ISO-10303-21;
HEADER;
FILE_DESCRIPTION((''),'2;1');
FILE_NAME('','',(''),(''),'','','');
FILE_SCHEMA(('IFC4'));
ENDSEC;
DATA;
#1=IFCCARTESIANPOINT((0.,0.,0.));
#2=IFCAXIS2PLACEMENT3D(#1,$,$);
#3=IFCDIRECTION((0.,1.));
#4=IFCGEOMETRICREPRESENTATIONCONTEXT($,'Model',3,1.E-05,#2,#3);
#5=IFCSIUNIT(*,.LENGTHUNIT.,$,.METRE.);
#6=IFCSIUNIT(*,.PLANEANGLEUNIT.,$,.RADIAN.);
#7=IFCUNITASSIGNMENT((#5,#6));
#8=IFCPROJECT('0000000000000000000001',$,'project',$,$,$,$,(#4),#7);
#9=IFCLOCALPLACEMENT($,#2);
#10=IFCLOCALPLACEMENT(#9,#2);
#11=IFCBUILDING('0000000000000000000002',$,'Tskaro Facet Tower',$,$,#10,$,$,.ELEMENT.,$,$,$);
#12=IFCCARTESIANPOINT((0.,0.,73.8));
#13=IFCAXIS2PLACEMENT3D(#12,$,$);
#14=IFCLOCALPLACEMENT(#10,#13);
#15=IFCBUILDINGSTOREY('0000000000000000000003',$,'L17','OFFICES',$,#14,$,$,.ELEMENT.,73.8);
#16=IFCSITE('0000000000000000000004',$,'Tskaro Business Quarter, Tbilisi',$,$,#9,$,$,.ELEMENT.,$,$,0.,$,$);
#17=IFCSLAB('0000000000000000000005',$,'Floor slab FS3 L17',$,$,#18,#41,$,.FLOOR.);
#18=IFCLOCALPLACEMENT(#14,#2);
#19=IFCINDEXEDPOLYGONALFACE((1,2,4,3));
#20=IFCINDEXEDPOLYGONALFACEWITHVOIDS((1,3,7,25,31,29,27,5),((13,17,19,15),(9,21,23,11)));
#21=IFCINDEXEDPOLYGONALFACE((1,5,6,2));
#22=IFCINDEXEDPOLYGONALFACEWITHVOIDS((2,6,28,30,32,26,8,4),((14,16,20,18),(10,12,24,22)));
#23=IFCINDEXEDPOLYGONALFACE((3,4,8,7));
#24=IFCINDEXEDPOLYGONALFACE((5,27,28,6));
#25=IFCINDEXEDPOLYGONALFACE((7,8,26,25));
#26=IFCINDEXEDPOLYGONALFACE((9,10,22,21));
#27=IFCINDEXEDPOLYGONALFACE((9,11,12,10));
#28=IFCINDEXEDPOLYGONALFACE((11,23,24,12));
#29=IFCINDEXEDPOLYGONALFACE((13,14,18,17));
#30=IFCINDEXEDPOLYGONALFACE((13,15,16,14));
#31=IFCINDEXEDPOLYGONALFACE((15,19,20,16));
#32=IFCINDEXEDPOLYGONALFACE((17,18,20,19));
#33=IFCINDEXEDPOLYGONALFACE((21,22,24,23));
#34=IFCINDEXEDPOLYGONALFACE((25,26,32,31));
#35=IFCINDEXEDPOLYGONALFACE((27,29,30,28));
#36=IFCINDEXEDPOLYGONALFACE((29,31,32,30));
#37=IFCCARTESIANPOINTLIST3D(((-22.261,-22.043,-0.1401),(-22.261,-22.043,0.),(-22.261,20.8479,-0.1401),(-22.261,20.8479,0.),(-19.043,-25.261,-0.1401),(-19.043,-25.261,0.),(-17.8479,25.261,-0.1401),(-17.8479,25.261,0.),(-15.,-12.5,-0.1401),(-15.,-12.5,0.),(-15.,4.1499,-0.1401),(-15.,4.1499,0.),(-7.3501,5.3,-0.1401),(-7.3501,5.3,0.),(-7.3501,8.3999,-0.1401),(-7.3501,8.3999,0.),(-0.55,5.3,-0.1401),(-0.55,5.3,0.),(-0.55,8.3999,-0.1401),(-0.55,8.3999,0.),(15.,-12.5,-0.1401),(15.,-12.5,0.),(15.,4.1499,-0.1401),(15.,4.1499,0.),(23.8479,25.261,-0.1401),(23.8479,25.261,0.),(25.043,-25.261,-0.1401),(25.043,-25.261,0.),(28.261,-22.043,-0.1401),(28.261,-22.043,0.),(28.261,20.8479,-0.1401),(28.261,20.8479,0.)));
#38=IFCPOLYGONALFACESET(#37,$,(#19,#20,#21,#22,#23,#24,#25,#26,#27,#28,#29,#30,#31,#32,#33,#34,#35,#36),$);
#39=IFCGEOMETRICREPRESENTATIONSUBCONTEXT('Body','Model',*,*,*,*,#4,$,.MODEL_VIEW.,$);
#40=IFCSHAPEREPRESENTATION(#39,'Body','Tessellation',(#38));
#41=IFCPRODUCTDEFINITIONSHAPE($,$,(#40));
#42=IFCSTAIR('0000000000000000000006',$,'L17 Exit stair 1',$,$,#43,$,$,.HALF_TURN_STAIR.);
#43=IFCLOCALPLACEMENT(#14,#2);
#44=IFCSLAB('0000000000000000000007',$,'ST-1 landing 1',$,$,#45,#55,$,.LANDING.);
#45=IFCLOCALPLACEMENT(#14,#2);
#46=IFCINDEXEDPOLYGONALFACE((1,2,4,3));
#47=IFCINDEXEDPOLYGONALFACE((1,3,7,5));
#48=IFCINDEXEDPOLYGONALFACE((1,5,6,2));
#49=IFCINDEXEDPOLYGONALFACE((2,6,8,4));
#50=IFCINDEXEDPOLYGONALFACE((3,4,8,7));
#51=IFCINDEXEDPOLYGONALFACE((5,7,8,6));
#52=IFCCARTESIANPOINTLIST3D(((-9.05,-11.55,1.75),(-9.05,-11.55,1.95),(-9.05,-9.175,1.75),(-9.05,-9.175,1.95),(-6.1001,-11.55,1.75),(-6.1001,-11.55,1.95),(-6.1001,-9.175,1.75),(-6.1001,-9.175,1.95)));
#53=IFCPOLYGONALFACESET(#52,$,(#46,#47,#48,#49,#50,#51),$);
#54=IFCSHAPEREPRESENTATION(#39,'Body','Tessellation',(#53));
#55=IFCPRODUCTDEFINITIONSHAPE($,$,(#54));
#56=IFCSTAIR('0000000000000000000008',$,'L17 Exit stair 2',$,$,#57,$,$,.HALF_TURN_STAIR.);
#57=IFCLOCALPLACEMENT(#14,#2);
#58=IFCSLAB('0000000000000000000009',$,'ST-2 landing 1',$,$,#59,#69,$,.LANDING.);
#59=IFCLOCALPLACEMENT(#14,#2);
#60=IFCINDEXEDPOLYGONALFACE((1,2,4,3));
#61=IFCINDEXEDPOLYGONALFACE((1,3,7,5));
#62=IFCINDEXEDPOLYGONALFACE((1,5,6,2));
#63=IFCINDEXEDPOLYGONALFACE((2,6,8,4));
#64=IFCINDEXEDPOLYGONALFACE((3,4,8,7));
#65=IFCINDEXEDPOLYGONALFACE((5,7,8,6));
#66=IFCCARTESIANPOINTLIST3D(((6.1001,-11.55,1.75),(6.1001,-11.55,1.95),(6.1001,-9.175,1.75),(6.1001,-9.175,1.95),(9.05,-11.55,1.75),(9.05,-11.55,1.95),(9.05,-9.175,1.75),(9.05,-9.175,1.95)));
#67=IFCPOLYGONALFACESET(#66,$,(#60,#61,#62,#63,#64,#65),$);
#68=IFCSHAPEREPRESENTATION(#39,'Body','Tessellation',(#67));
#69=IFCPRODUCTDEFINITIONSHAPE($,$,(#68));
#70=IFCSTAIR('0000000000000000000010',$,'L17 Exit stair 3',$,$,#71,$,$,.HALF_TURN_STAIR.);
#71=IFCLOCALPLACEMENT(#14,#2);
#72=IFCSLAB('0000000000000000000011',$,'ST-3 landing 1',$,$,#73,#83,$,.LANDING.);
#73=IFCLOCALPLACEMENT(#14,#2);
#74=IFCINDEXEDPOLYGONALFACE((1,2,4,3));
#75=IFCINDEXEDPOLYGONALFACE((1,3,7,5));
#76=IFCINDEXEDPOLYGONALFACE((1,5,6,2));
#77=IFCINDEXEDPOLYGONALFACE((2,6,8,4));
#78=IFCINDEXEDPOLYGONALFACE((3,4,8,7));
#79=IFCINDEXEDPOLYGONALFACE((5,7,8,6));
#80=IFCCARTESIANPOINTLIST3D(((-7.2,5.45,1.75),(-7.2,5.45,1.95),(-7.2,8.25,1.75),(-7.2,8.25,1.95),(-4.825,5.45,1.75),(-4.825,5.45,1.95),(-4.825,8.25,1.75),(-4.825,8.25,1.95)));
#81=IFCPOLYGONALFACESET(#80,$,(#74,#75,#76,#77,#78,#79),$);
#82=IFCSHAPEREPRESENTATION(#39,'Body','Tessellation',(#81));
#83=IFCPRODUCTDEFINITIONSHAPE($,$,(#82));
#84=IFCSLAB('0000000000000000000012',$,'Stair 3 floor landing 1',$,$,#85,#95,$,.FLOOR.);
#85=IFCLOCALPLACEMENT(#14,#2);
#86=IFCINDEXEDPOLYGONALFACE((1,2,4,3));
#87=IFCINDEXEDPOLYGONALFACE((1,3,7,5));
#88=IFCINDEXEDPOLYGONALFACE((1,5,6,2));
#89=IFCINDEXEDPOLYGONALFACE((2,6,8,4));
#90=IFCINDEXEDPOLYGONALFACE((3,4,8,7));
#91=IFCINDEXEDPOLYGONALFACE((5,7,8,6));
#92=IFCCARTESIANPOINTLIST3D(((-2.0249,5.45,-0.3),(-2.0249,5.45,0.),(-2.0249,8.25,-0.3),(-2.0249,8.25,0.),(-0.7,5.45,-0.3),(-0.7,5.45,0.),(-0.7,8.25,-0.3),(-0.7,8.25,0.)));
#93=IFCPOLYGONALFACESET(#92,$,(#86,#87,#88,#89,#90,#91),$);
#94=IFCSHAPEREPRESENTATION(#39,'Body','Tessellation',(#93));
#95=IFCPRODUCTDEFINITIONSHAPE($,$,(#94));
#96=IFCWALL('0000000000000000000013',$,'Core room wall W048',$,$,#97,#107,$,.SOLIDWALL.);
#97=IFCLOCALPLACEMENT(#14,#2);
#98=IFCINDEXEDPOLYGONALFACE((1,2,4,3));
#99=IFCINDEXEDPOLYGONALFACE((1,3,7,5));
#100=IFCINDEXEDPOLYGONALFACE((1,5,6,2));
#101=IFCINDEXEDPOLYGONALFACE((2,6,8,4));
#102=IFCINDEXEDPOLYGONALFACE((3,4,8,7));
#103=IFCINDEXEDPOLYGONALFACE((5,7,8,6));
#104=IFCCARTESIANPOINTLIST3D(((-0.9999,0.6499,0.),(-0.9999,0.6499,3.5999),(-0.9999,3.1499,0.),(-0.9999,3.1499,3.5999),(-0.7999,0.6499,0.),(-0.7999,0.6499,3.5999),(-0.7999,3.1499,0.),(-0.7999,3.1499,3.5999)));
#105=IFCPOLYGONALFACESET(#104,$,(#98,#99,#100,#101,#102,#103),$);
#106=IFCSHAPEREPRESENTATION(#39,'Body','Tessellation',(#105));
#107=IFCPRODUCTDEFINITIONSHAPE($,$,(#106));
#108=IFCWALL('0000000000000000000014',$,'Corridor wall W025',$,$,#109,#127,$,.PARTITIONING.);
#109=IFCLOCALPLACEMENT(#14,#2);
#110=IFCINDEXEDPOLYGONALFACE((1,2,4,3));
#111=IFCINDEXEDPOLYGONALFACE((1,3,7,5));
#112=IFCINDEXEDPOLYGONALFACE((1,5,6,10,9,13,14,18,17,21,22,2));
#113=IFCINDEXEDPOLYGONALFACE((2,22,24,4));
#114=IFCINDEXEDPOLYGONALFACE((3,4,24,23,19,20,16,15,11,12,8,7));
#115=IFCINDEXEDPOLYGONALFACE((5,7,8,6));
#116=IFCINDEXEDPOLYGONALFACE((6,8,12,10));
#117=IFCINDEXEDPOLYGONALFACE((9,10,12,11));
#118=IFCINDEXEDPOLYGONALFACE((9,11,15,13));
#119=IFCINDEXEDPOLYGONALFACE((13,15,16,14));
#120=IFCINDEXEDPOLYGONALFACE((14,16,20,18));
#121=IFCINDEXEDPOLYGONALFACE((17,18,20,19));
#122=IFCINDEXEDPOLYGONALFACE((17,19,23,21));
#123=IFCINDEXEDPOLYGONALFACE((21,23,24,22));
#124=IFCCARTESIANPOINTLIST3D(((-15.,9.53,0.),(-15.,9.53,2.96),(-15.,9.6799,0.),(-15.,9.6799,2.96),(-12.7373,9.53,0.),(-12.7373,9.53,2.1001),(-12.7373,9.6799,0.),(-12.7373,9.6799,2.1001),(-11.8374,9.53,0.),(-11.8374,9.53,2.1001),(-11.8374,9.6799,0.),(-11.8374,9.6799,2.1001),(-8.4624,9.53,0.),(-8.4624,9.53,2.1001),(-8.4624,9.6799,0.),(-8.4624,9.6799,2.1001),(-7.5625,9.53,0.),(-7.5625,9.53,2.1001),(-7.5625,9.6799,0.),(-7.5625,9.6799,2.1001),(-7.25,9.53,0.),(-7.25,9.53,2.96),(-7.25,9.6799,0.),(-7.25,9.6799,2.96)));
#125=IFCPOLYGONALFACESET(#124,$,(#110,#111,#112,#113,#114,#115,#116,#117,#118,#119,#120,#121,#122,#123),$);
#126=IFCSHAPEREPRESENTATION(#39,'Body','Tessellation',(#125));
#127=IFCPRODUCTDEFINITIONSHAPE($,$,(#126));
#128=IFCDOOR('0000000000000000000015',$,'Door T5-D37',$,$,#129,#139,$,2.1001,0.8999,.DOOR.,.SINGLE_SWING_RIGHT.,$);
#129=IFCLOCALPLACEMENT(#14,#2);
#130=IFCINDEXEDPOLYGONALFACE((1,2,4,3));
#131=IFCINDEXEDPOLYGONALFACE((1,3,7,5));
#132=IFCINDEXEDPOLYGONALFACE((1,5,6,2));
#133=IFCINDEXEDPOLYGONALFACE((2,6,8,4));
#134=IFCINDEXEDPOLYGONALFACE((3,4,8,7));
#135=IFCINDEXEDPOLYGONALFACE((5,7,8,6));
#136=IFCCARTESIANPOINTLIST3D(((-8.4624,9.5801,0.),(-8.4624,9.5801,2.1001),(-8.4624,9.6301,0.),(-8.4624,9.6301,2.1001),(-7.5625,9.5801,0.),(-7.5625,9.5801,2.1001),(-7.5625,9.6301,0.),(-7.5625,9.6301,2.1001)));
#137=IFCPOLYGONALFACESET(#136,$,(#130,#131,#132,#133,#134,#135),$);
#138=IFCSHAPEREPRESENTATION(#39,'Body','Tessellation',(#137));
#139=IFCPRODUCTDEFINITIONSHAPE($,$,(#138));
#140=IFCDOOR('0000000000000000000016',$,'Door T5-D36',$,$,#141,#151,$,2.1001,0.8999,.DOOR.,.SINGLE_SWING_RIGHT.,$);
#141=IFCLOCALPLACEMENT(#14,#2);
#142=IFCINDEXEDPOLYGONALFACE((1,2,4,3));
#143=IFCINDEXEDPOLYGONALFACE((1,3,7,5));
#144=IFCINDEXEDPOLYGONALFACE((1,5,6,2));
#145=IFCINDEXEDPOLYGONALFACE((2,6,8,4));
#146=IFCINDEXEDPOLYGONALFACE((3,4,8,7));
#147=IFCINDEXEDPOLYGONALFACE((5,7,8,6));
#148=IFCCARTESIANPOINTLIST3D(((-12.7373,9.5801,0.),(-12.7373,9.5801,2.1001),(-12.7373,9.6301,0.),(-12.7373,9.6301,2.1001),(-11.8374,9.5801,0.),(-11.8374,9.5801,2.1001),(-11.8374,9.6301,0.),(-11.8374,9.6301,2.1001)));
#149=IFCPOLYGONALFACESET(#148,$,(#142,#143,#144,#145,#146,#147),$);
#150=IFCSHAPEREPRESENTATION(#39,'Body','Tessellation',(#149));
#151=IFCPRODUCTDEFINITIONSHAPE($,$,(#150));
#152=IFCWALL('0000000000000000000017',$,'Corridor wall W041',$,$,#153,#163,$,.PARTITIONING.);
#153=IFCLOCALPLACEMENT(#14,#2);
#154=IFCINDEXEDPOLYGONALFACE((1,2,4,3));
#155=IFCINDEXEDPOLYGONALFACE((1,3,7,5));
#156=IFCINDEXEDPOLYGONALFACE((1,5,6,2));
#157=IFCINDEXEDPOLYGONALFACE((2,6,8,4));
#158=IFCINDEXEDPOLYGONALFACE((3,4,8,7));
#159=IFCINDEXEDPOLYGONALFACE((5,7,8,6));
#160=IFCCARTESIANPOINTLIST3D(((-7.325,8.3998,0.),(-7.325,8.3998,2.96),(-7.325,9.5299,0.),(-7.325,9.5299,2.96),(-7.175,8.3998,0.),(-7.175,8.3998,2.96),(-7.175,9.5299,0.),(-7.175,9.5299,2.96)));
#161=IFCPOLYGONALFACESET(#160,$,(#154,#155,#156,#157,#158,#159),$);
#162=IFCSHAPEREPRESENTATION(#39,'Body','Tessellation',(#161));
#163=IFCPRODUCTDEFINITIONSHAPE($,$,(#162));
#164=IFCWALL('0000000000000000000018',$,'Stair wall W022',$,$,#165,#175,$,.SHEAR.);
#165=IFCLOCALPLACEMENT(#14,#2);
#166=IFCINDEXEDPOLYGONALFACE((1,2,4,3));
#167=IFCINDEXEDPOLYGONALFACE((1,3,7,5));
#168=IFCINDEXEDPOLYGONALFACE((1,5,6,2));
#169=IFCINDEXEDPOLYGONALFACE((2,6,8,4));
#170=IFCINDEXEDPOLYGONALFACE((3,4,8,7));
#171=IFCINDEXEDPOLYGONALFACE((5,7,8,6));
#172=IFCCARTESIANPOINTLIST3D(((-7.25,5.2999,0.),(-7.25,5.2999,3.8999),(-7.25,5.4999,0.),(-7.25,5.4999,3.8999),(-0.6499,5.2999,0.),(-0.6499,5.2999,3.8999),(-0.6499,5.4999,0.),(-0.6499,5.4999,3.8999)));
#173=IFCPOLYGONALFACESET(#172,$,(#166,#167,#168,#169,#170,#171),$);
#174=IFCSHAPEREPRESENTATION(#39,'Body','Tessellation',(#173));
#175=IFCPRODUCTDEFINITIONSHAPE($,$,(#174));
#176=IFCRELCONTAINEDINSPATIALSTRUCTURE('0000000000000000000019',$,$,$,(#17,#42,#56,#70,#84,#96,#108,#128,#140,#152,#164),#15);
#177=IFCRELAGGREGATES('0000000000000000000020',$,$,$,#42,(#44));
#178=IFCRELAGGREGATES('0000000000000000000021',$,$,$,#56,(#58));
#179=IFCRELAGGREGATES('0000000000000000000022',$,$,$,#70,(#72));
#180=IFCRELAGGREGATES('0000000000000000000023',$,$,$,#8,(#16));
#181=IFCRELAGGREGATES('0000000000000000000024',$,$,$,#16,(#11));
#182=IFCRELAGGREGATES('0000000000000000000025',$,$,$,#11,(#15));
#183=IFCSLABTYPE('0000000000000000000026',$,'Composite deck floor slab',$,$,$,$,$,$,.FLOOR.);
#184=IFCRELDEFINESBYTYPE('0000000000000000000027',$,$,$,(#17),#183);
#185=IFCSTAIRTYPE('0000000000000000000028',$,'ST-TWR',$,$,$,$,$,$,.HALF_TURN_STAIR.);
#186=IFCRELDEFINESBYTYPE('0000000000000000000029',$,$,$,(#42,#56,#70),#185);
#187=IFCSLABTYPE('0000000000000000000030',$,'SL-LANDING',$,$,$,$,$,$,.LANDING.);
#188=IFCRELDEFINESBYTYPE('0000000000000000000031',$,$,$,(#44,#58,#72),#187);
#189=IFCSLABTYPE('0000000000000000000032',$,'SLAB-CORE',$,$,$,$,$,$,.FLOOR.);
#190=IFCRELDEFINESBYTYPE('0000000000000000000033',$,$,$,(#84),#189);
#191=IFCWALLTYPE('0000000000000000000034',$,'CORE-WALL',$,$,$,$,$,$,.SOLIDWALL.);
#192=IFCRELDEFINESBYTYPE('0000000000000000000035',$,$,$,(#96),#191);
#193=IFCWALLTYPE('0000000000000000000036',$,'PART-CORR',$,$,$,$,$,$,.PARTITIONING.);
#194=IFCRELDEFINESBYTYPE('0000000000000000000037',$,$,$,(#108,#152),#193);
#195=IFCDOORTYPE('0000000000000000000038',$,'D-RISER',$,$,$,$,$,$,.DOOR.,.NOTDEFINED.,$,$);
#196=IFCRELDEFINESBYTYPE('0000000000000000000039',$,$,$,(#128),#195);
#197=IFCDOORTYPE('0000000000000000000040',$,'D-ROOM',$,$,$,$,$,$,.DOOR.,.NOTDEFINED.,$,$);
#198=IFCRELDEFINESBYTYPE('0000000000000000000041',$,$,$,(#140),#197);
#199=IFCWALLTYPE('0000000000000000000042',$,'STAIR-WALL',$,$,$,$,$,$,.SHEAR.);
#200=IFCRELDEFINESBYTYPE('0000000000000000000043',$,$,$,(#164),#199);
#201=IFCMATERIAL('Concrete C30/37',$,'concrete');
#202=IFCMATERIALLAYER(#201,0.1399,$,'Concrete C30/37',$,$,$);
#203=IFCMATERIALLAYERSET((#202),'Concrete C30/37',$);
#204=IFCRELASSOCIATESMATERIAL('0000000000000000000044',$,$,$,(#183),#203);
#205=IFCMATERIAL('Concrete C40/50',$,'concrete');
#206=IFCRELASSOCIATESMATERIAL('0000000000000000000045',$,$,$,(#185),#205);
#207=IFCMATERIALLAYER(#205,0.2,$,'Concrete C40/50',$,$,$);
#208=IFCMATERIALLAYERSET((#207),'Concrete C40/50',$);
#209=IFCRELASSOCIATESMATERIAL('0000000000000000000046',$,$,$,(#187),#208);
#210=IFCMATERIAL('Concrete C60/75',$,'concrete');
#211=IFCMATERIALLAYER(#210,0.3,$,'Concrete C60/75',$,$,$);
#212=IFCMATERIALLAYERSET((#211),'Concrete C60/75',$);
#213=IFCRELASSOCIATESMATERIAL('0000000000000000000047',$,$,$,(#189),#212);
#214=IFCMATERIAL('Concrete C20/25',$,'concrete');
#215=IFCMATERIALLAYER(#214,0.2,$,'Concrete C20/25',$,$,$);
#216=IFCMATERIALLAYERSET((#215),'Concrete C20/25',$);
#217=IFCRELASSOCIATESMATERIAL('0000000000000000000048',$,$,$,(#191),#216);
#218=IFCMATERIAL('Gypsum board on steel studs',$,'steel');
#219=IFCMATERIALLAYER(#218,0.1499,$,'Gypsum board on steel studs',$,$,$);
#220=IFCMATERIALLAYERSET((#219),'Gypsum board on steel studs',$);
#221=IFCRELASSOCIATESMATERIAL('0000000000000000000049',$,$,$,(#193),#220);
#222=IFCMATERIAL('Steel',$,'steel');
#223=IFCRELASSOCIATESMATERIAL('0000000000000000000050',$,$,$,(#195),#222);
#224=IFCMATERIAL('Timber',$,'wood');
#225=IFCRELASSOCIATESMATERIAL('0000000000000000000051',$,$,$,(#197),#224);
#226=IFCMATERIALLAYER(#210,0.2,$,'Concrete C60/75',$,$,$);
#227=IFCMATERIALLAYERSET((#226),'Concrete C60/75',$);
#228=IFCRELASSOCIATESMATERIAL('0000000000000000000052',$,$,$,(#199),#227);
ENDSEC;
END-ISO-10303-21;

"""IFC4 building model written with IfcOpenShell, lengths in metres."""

from ifc_helpers import new_model, si_unit, direction, frame, frame_2d, origin, place, context, subcontext, project, spatial, polyline, rectangle, outline, extrude, material, layer, layer_set, type_object, element, fill, aggregate, save


model = new_model("IFC4")

# Units and contexts
model_context = context("Model", 3, precision=1e-05, world=origin(), true_north=direction((0.0, 1.0)))
body_context = subcontext(model_context, "Body", "Model", "MODEL_VIEW")
ifc_project = project(units=[si_unit("LENGTHUNIT", "METRE"), si_unit("PLANEANGLEUNIT", "RADIAN")], contexts=[model_context])

# Site, building, storey
site_placement = place(None, origin())
site = spatial("IfcSite", under=ifc_project, at=site_placement, Name="Tskaro Business Quarter, Tbilisi", CompositionType="ELEMENT", RefElevation=0.0)
building_placement = place(site_placement, origin())
building = spatial("IfcBuilding", under=site, at=building_placement, Name="Tskaro Facet Tower", CompositionType="ELEMENT")
storey_placement = place(building_placement, frame((0.0, 0.0, 73.8)))
storey = spatial("IfcBuildingStorey", under=building, at=storey_placement, Name="L17", Description="OFFICES", CompositionType="ELEMENT", Elevation=73.8)

# Slab
ifc_material_1 = material(Name="Concrete C30/37", Category="concrete")
ifc_layer_1 = layer(ifc_material_1, 0.1399, Name="Concrete C30/37")
ifc_layer_set_1 = layer_set([ifc_layer_1], Name="Concrete C30/37")
slab_type_1 = type_object("IfcSlabType", Name="Composite deck floor slab", PredefinedType="FLOOR", material=ifc_layer_set_1)
slab_1_placement = place(storey_placement, frame((0.0, 0.0, -0.1401)))
element("IfcSlab", 1, at=slab_1_placement, inside=storey, type_object=slab_type_1, Name="Floor slab FS3 L17", PredefinedType="FLOOR", context=body_context, shape_type="SweptSolid", body=[
    extrude(outline(polyline([(-19.043, -25.261), (25.043, -25.261), (28.261, -22.043), (28.261, 20.8479), (23.8479, 25.261), (-17.8479, 25.261), (-22.261, 20.8479), (-22.261, -22.043), (-19.043, -25.261)]), holes=[polyline([(-15.0, -12.5), (15.0, -12.5), (15.0, 4.1499), (-15.0, 4.1499), (-15.0, -12.5)]), polyline([(-7.3501, 5.3), (-0.55, 5.3), (-0.55, 8.3999), (-7.3501, 8.3999), (-7.3501, 5.3)])]), origin(), (0.0, 0.0, 1.0), 0.1401),
])

# Stairs, slabs
ifc_material_2 = material(Name="Concrete C40/50", Category="concrete")
stair_type = type_object("IfcStairType", Name="ST-TWR", PredefinedType="HALF_TURN_STAIR", material=ifc_material_2)
stair_1_placement = place(storey_placement, origin())
stair_1 = element("IfcStair", 2, at=stair_1_placement, inside=storey, type_object=stair_type, Name="L17 Exit stair 1", PredefinedType="HALF_TURN_STAIR")
ifc_layer_2 = layer(ifc_material_2, 0.2, Name="Concrete C40/50")
ifc_layer_set_2 = layer_set([ifc_layer_2], Name="Concrete C40/50")
slab_type_2 = type_object("IfcSlabType", Name="SL-LANDING", PredefinedType="LANDING", material=ifc_layer_set_2)
slab_2_placement = place(storey_placement, frame((0.0, 0.0, 1.75)))
slab_2 = element("IfcSlab", 3, at=slab_2_placement, type_object=slab_type_2, Name="ST-1 landing 1", PredefinedType="LANDING", context=body_context, shape_type="SweptSolid", body=[
    extrude(outline(polyline([(-9.05, -11.55), (-6.1001, -11.55), (-6.1001, -9.175), (-9.05, -9.175), (-9.05, -11.55)])), origin(), (0.0, 0.0, 1.0), 0.2),
])
aggregate(stair_1, [slab_2])
stair_2_placement = place(storey_placement, origin())
stair_2 = element("IfcStair", 4, at=stair_2_placement, inside=storey, type_object=stair_type, Name="L17 Exit stair 2", PredefinedType="HALF_TURN_STAIR")
slab_3_placement = place(storey_placement, frame((0.0, 0.0, 1.75)))
slab_3 = element("IfcSlab", 5, at=slab_3_placement, type_object=slab_type_2, Name="ST-2 landing 1", PredefinedType="LANDING", context=body_context, shape_type="SweptSolid", body=[
    extrude(outline(polyline([(6.1001, -11.55), (9.05, -11.55), (9.05, -9.175), (6.1001, -9.175), (6.1001, -11.55)])), origin(), (0.0, 0.0, 1.0), 0.2),
])
aggregate(stair_2, [slab_3])
stair_3_placement = place(storey_placement, origin())
stair_3 = element("IfcStair", 6, at=stair_3_placement, inside=storey, type_object=stair_type, Name="L17 Exit stair 3", PredefinedType="HALF_TURN_STAIR")
slab_4_placement = place(storey_placement, frame((0.0, 0.0, 1.75)))
slab_4 = element("IfcSlab", 7, at=slab_4_placement, type_object=slab_type_2, Name="ST-3 landing 1", PredefinedType="LANDING", context=body_context, shape_type="SweptSolid", body=[
    extrude(outline(polyline([(-7.2, 5.45), (-4.825, 5.45), (-4.825, 8.25), (-7.2, 8.25), (-7.2, 5.45)])), origin(), (0.0, 0.0, 1.0), 0.2),
])

# Slab
ifc_material_3 = material(Name="Concrete C60/75", Category="concrete")
ifc_layer_3 = layer(ifc_material_3, 0.3, Name="Concrete C60/75")
ifc_layer_set_3 = layer_set([ifc_layer_3], Name="Concrete C60/75")
slab_type_3 = type_object("IfcSlabType", Name="SLAB-CORE", PredefinedType="FLOOR", material=ifc_layer_set_3)
slab_5_placement = place(storey_placement, frame((0.0, 0.0, -0.3)))
element("IfcSlab", 8, at=slab_5_placement, inside=storey, type_object=slab_type_3, Name="Stair 3 floor landing 1", PredefinedType="FLOOR", context=body_context, shape_type="SweptSolid", body=[
    extrude(outline(polyline([(-2.0249, 5.45), (-0.7, 5.45), (-0.7, 8.25), (-2.0249, 8.25), (-2.0249, 5.45)])), origin(), (0.0, 0.0, 1.0), 0.3),
])

# Wall
ifc_material_4 = material(Name="Concrete C20/25", Category="concrete")
ifc_layer_4 = layer(ifc_material_4, 0.2, Name="Concrete C20/25")
ifc_layer_set_4 = layer_set([ifc_layer_4], Name="Concrete C20/25")
wall_type_1 = type_object("IfcWallType", Name="CORE-WALL", PredefinedType="SOLIDWALL", material=ifc_layer_set_4)
wall_1_placement = place(storey_placement, frame((-0.8999, 0.6499, 0.0), z_axis=(0.0, 0.0, 1.0), x_axis=(0.0, 1.0, 0.0)))
element("IfcWall", 9, at=wall_1_placement, inside=storey, type_object=wall_type_1, Name="Core room wall W048", PredefinedType="SOLIDWALL", context=body_context, shape_type="SweptSolid", body=[
    extrude(rectangle(XDim=2.5, YDim=0.2, at=frame_2d((1.25, 0.0))), origin(), (0.0, 0.0, 1.0), 3.5999),
])

# Wall, openings, doors
ifc_material_5 = material(Name="Gypsum board on steel studs", Category="steel")
ifc_layer_5 = layer(ifc_material_5, 0.1499, Name="Gypsum board on steel studs")
ifc_layer_set_5 = layer_set([ifc_layer_5], Name="Gypsum board on steel studs")
wall_type_2 = type_object("IfcWallType", Name="PART-CORR", PredefinedType="PARTITIONING", material=ifc_layer_set_5)
wall_2_placement = place(storey_placement, frame((-7.25, 9.605, 0.0), z_axis=(0.0, 0.0, 1.0), x_axis=(-1.0, 0.0, 0.0)))
wall_2 = element("IfcWall", 10, at=wall_2_placement, inside=storey, type_object=wall_type_2, Name="Corridor wall W025", PredefinedType="PARTITIONING", context=body_context, shape_type="SweptSolid", body=[
    extrude(rectangle(XDim=7.75, YDim=0.1499, at=frame_2d((3.875, 0.0))), origin(), (0.0, 0.0, 1.0), 2.96),
])
opening_1_placement = place(wall_2_placement, frame((0.3125, 0.0, 0.0)))
opening_1 = element("IfcOpeningElement", 11, at=opening_1_placement, cuts=wall_2, PredefinedType="OPENING", context=body_context, shape_type="SweptSolid", body=[
    extrude(rectangle(XDim=0.8999, YDim=2.1001, at=frame_2d((0.45, 1.05))), frame((0.0, 0.085, 0.0), z_axis=(0.0, -1.0, 0.0), x_axis=(1.0, 0.0, 0.0)), (0.0, 0.0, 1.0), 0.1699),
])
opening_2_placement = place(wall_2_placement, frame((4.5874, 0.0, 0.0)))
opening_2 = element("IfcOpeningElement", 12, at=opening_2_placement, cuts=wall_2, PredefinedType="OPENING", context=body_context, shape_type="SweptSolid", body=[
    extrude(rectangle(XDim=0.8999, YDim=2.1001, at=frame_2d((0.45, 1.05))), frame((0.0, 0.085, 0.0), z_axis=(0.0, -1.0, 0.0), x_axis=(1.0, 0.0, 0.0)), (0.0, 0.0, 1.0), 0.1699),
])
ifc_material_6 = material(Name="Steel", Category="steel")
door_type_1 = type_object("IfcDoorType", Name="D-RISER", OperationType="NOTDEFINED", PredefinedType="DOOR", material=ifc_material_6)
door_1_placement = place(opening_1_placement, origin())
door_1 = element("IfcDoor", 13, at=door_1_placement, inside=storey, type_object=door_type_1, Name="Door T5-D37", OperationType="SINGLE_SWING_RIGHT", OverallHeight=2.1001, OverallWidth=0.8999, PredefinedType="DOOR", context=body_context, shape_type="SweptSolid", body=[
    extrude(rectangle(XDim=0.8999, YDim=2.1001, at=frame_2d((0.45, 1.05))), frame((0.0, 0.0249, 0.0), z_axis=(0.0, -1.0, 0.0), x_axis=(1.0, 0.0, 0.0)), (0.0, 0.0, 1.0), 0.05),
])
fill(opening_1, door_1)
ifc_material_7 = material(Name="Timber", Category="wood")
door_type_2 = type_object("IfcDoorType", Name="D-ROOM", OperationType="NOTDEFINED", PredefinedType="DOOR", material=ifc_material_7)
door_2_placement = place(opening_2_placement, origin())
door_2 = element("IfcDoor", 14, at=door_2_placement, inside=storey, type_object=door_type_2, Name="Door T5-D36", OperationType="SINGLE_SWING_RIGHT", OverallHeight=2.1001, OverallWidth=0.8999, PredefinedType="DOOR", context=body_context, shape_type="SweptSolid", body=[
    extrude(rectangle(XDim=0.8999, YDim=2.1001, at=frame_2d((0.45, 1.05))), frame((0.0, 0.0249, 0.0), z_axis=(0.0, -1.0, 0.0), x_axis=(1.0, 0.0, 0.0)), (0.0, 0.0, 1.0), 0.05),
])
fill(opening_2, door_2)

# Walls
wall_3_placement = place(storey_placement, frame((-7.25, 8.3999, 0.0), z_axis=(0.0, 0.0, 1.0), x_axis=(0.0, 1.0, 0.0)))
element("IfcWall", 15, at=wall_3_placement, inside=storey, type_object=wall_type_2, Name="Corridor wall W041", PredefinedType="PARTITIONING", context=body_context, shape_type="SweptSolid", body=[
    extrude(rectangle(XDim=1.1301, YDim=0.1499, at=frame_2d((0.5649, 0.0))), origin(), (0.0, 0.0, 1.0), 2.96),
])
ifc_layer_6 = layer(ifc_material_3, 0.2, Name="Concrete C60/75")
ifc_layer_set_6 = layer_set([ifc_layer_6], Name="Concrete C60/75")
wall_type_3 = type_object("IfcWallType", Name="STAIR-WALL", PredefinedType="SHEAR", material=ifc_layer_set_6)
wall_4_placement = place(storey_placement, frame((-7.25, 5.3999, 0.0), z_axis=(0.0, 0.0, 1.0), x_axis=(1.0, 0.0, 0.0)))
element("IfcWall", 16, at=wall_4_placement, inside=storey, type_object=wall_type_3, Name="Stair wall W022", PredefinedType="SHEAR", context=body_context, shape_type="SweptSolid", body=[
    extrude(rectangle(XDim=6.6001, YDim=0.2, at=frame_2d((3.3, 0.0))), origin(), (0.0, 0.0, 1.0), 3.8999),
])

aggregate(stair_3, [slab_4])

save(model, "model.ifc")
